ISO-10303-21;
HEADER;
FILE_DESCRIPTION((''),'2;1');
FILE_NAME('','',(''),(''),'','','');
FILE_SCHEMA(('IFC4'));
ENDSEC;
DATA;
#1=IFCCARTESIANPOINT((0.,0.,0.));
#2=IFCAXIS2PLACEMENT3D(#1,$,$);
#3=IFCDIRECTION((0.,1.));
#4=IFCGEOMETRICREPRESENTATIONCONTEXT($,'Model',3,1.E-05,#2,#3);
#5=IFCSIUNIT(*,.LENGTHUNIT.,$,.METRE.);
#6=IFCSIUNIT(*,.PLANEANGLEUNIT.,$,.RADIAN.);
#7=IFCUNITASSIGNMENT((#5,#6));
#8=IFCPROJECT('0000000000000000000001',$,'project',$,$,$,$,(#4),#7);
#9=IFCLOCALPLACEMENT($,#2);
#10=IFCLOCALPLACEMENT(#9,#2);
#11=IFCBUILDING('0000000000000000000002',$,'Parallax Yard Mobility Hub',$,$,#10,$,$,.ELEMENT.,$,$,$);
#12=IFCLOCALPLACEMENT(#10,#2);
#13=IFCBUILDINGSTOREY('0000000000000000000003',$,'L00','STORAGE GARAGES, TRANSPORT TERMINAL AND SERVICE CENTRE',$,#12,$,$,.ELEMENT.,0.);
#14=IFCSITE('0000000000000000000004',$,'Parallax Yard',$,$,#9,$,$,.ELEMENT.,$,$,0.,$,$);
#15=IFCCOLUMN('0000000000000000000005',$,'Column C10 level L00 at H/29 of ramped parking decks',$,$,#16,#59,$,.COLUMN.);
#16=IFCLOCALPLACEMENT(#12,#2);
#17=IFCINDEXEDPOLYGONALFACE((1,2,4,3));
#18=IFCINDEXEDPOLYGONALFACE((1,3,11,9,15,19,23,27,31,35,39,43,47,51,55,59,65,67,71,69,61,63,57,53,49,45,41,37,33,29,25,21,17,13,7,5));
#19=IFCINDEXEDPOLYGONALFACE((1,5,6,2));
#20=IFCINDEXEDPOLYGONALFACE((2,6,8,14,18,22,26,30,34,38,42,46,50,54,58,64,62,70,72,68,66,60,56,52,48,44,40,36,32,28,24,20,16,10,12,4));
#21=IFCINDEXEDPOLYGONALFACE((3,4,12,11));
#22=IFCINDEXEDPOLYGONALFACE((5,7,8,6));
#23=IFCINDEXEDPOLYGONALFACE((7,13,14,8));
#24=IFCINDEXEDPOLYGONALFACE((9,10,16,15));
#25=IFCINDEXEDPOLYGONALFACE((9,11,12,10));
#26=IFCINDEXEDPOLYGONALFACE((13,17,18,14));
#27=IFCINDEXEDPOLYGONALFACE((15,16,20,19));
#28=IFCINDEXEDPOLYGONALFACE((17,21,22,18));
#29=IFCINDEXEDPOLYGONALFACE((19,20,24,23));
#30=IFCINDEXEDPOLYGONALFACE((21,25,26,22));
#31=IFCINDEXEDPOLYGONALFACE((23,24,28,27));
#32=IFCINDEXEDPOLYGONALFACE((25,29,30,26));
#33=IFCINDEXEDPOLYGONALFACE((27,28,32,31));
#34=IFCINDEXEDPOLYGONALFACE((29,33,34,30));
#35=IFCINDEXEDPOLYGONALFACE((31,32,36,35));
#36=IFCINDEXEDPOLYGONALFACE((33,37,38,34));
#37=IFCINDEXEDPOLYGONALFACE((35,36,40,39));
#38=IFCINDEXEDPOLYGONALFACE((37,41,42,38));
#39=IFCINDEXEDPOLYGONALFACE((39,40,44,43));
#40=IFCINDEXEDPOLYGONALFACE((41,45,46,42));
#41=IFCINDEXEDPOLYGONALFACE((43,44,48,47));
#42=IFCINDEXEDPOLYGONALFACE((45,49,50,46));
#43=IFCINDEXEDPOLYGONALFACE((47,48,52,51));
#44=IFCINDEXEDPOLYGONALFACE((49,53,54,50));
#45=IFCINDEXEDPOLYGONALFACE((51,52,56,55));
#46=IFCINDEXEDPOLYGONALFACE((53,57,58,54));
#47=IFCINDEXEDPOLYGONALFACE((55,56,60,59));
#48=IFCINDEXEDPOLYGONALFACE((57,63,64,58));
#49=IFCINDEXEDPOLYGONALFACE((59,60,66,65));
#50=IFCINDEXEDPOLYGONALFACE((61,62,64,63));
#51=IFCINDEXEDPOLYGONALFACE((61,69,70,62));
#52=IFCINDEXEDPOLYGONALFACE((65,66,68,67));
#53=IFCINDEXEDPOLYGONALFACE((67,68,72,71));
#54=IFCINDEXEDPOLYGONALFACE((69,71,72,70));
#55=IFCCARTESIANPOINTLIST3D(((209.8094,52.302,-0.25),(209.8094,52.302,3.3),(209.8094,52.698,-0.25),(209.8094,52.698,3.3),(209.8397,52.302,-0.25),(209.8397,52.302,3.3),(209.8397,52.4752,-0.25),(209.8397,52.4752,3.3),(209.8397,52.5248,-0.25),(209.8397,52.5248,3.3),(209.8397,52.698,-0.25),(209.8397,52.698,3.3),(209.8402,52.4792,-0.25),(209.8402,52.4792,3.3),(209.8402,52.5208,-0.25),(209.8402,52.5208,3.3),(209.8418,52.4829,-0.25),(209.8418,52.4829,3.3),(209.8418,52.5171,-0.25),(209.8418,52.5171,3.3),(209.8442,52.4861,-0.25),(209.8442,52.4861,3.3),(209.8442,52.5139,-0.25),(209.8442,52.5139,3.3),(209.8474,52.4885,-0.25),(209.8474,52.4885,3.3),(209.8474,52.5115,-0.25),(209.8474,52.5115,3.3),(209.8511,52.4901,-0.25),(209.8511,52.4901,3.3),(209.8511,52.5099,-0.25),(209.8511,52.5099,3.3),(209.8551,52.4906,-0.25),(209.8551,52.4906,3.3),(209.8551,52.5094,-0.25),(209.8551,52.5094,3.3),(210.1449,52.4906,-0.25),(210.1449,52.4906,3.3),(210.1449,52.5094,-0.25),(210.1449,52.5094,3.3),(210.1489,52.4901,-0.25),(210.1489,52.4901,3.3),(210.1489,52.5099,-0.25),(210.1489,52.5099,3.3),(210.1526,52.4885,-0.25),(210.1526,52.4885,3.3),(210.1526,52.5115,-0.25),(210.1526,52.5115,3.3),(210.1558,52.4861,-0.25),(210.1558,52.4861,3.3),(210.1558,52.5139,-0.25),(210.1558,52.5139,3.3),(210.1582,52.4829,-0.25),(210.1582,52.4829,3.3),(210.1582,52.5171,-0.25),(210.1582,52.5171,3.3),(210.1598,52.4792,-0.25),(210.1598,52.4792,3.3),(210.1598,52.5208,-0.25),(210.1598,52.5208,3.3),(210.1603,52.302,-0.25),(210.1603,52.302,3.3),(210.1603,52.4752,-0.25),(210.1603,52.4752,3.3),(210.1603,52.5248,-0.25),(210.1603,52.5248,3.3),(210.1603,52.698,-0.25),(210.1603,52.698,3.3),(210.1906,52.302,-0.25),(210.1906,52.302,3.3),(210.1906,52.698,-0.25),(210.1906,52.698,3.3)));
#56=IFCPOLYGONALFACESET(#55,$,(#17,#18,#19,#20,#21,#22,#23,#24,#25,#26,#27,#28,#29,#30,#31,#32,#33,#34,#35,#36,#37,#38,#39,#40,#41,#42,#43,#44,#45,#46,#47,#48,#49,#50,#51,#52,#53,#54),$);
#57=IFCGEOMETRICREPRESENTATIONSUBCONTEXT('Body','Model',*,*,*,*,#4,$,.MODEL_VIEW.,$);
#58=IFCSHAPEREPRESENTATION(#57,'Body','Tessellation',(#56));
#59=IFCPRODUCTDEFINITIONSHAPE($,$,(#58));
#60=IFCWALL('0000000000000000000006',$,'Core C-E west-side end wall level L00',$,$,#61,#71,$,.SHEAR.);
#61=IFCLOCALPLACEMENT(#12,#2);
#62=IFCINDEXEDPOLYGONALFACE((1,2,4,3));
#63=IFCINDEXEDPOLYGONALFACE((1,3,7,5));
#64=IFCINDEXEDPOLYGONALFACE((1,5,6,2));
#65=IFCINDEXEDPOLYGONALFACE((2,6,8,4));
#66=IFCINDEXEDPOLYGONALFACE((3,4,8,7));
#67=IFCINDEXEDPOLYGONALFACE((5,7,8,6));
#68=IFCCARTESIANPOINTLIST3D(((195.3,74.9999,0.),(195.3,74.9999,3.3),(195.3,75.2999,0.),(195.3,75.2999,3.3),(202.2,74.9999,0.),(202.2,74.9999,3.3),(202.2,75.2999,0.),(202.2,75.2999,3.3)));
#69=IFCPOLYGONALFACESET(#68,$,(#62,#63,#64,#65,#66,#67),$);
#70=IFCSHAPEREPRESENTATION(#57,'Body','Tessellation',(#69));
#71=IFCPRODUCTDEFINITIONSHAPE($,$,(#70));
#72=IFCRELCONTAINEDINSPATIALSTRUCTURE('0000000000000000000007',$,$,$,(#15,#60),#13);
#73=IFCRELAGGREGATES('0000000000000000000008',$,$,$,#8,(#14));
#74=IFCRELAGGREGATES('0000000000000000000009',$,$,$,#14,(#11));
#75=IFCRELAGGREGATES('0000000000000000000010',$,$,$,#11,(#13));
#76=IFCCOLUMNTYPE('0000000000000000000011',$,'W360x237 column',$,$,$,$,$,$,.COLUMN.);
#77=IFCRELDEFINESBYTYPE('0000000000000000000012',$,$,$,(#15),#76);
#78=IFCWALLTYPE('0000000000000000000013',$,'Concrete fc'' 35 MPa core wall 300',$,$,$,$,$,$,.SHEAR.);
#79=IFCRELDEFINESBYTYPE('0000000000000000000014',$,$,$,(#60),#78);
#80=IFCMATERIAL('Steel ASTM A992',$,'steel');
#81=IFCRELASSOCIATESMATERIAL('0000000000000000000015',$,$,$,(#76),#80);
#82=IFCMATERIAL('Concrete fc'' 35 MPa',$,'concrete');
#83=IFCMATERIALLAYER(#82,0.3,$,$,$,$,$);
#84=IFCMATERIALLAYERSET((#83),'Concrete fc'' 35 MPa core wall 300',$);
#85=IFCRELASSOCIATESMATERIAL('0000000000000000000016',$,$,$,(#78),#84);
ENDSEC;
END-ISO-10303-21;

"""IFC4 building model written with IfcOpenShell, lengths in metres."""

from ifc_helpers import new_model, si_unit, direction, frame, frame_2d, origin, origin_2d, place, context, subcontext, project, spatial, rectangle, i_section, extrude, material, layer, layer_set, material_profile, profile_set, type_object, element, save


model = new_model("IFC4")

# Units and contexts
model_context = context("Model", 3, precision=1e-05, world=origin(), true_north=direction((0.0, 1.0)))
body_context = subcontext(model_context, "Body", "Model", "MODEL_VIEW")
ifc_project = project(units=[si_unit("LENGTHUNIT", "METRE"), si_unit("PLANEANGLEUNIT", "RADIAN")], contexts=[model_context])

# Site, building, storey
site_placement = place(None, origin())
site = spatial("IfcSite", under=ifc_project, at=site_placement, Name="Parallax Yard", CompositionType="ELEMENT", RefElevation=0.0)
building_placement = place(site_placement, origin())
building = spatial("IfcBuilding", under=site, at=building_placement, Name="Parallax Yard Mobility Hub", CompositionType="ELEMENT")
storey_placement = place(building_placement, origin())
storey = spatial("IfcBuildingStorey", under=building, at=storey_placement, Name="L00", Description="STORAGE GARAGES, TRANSPORT TERMINAL AND SERVICE CENTRE", CompositionType="ELEMENT", Elevation=0.0)

# Column
ifc_material_1 = material(Name="Steel ASTM A992", Category="steel")
ifc_material_profile_1 = material_profile(ifc_material_1, i_section(OverallWidth=0.396, OverallDepth=0.3811, WebThickness=0.0188, FlangeThickness=0.0303, FilletRadius=0.0154, at=origin_2d()), Name="W360x237")
ifc_profile_set_1 = profile_set([ifc_material_profile_1], Name="Steel ASTM A992")
column_type = type_object("IfcColumnType", Name="W360x237 column", PredefinedType="COLUMN", material=ifc_profile_set_1)
for number, where, z_axis, x_axis, name in (
    (1, (210.0, 52.5, -0.25), (0.0, 0.0, 1.0), (0.0, 1.0, 0.0), "Column C10 level L00 at H/29 of ramped parking decks"),
):
    element("IfcColumn", number, at=place(storey_placement, frame(where, z_axis=z_axis, x_axis=x_axis)), inside=storey, type_object=column_type, Name=name, PredefinedType="COLUMN", context=body_context, shape_type="SweptSolid", body=[
        extrude(i_section(OverallWidth=0.396, OverallDepth=0.3811, WebThickness=0.0188, FlangeThickness=0.0303, FilletRadius=0.0154, at=origin_2d()), origin(), (0.0, 0.0, 1.0), 3.55),
    ])

# Wall
ifc_material_2 = material(Name="Concrete fc' 35 MPa", Category="concrete")
ifc_layer = layer(ifc_material_2, 0.3)
ifc_layer_set = layer_set([ifc_layer], Name="Concrete fc' 35 MPa core wall 300")
wall_type = type_object("IfcWallType", Name="Concrete fc' 35 MPa core wall 300", PredefinedType="SHEAR", material=ifc_layer_set)
wall_placement = place(storey_placement, frame((202.2, 75.1499, 0.0), z_axis=(0.0, 0.0, 1.0), x_axis=(-1.0, 0.0, 0.0)))
element("IfcWall", 2, at=wall_placement, inside=storey, type_object=wall_type, Name="Core C-E west-side end wall level L00", PredefinedType="SHEAR", context=body_context, shape_type="SweptSolid", body=[
    extrude(rectangle(XDim=6.8999, YDim=0.3, at=frame_2d((3.45, 0.0))), origin(), (0.0, 0.0, 1.0), 3.3),
])

save(model, "model.ifc")
